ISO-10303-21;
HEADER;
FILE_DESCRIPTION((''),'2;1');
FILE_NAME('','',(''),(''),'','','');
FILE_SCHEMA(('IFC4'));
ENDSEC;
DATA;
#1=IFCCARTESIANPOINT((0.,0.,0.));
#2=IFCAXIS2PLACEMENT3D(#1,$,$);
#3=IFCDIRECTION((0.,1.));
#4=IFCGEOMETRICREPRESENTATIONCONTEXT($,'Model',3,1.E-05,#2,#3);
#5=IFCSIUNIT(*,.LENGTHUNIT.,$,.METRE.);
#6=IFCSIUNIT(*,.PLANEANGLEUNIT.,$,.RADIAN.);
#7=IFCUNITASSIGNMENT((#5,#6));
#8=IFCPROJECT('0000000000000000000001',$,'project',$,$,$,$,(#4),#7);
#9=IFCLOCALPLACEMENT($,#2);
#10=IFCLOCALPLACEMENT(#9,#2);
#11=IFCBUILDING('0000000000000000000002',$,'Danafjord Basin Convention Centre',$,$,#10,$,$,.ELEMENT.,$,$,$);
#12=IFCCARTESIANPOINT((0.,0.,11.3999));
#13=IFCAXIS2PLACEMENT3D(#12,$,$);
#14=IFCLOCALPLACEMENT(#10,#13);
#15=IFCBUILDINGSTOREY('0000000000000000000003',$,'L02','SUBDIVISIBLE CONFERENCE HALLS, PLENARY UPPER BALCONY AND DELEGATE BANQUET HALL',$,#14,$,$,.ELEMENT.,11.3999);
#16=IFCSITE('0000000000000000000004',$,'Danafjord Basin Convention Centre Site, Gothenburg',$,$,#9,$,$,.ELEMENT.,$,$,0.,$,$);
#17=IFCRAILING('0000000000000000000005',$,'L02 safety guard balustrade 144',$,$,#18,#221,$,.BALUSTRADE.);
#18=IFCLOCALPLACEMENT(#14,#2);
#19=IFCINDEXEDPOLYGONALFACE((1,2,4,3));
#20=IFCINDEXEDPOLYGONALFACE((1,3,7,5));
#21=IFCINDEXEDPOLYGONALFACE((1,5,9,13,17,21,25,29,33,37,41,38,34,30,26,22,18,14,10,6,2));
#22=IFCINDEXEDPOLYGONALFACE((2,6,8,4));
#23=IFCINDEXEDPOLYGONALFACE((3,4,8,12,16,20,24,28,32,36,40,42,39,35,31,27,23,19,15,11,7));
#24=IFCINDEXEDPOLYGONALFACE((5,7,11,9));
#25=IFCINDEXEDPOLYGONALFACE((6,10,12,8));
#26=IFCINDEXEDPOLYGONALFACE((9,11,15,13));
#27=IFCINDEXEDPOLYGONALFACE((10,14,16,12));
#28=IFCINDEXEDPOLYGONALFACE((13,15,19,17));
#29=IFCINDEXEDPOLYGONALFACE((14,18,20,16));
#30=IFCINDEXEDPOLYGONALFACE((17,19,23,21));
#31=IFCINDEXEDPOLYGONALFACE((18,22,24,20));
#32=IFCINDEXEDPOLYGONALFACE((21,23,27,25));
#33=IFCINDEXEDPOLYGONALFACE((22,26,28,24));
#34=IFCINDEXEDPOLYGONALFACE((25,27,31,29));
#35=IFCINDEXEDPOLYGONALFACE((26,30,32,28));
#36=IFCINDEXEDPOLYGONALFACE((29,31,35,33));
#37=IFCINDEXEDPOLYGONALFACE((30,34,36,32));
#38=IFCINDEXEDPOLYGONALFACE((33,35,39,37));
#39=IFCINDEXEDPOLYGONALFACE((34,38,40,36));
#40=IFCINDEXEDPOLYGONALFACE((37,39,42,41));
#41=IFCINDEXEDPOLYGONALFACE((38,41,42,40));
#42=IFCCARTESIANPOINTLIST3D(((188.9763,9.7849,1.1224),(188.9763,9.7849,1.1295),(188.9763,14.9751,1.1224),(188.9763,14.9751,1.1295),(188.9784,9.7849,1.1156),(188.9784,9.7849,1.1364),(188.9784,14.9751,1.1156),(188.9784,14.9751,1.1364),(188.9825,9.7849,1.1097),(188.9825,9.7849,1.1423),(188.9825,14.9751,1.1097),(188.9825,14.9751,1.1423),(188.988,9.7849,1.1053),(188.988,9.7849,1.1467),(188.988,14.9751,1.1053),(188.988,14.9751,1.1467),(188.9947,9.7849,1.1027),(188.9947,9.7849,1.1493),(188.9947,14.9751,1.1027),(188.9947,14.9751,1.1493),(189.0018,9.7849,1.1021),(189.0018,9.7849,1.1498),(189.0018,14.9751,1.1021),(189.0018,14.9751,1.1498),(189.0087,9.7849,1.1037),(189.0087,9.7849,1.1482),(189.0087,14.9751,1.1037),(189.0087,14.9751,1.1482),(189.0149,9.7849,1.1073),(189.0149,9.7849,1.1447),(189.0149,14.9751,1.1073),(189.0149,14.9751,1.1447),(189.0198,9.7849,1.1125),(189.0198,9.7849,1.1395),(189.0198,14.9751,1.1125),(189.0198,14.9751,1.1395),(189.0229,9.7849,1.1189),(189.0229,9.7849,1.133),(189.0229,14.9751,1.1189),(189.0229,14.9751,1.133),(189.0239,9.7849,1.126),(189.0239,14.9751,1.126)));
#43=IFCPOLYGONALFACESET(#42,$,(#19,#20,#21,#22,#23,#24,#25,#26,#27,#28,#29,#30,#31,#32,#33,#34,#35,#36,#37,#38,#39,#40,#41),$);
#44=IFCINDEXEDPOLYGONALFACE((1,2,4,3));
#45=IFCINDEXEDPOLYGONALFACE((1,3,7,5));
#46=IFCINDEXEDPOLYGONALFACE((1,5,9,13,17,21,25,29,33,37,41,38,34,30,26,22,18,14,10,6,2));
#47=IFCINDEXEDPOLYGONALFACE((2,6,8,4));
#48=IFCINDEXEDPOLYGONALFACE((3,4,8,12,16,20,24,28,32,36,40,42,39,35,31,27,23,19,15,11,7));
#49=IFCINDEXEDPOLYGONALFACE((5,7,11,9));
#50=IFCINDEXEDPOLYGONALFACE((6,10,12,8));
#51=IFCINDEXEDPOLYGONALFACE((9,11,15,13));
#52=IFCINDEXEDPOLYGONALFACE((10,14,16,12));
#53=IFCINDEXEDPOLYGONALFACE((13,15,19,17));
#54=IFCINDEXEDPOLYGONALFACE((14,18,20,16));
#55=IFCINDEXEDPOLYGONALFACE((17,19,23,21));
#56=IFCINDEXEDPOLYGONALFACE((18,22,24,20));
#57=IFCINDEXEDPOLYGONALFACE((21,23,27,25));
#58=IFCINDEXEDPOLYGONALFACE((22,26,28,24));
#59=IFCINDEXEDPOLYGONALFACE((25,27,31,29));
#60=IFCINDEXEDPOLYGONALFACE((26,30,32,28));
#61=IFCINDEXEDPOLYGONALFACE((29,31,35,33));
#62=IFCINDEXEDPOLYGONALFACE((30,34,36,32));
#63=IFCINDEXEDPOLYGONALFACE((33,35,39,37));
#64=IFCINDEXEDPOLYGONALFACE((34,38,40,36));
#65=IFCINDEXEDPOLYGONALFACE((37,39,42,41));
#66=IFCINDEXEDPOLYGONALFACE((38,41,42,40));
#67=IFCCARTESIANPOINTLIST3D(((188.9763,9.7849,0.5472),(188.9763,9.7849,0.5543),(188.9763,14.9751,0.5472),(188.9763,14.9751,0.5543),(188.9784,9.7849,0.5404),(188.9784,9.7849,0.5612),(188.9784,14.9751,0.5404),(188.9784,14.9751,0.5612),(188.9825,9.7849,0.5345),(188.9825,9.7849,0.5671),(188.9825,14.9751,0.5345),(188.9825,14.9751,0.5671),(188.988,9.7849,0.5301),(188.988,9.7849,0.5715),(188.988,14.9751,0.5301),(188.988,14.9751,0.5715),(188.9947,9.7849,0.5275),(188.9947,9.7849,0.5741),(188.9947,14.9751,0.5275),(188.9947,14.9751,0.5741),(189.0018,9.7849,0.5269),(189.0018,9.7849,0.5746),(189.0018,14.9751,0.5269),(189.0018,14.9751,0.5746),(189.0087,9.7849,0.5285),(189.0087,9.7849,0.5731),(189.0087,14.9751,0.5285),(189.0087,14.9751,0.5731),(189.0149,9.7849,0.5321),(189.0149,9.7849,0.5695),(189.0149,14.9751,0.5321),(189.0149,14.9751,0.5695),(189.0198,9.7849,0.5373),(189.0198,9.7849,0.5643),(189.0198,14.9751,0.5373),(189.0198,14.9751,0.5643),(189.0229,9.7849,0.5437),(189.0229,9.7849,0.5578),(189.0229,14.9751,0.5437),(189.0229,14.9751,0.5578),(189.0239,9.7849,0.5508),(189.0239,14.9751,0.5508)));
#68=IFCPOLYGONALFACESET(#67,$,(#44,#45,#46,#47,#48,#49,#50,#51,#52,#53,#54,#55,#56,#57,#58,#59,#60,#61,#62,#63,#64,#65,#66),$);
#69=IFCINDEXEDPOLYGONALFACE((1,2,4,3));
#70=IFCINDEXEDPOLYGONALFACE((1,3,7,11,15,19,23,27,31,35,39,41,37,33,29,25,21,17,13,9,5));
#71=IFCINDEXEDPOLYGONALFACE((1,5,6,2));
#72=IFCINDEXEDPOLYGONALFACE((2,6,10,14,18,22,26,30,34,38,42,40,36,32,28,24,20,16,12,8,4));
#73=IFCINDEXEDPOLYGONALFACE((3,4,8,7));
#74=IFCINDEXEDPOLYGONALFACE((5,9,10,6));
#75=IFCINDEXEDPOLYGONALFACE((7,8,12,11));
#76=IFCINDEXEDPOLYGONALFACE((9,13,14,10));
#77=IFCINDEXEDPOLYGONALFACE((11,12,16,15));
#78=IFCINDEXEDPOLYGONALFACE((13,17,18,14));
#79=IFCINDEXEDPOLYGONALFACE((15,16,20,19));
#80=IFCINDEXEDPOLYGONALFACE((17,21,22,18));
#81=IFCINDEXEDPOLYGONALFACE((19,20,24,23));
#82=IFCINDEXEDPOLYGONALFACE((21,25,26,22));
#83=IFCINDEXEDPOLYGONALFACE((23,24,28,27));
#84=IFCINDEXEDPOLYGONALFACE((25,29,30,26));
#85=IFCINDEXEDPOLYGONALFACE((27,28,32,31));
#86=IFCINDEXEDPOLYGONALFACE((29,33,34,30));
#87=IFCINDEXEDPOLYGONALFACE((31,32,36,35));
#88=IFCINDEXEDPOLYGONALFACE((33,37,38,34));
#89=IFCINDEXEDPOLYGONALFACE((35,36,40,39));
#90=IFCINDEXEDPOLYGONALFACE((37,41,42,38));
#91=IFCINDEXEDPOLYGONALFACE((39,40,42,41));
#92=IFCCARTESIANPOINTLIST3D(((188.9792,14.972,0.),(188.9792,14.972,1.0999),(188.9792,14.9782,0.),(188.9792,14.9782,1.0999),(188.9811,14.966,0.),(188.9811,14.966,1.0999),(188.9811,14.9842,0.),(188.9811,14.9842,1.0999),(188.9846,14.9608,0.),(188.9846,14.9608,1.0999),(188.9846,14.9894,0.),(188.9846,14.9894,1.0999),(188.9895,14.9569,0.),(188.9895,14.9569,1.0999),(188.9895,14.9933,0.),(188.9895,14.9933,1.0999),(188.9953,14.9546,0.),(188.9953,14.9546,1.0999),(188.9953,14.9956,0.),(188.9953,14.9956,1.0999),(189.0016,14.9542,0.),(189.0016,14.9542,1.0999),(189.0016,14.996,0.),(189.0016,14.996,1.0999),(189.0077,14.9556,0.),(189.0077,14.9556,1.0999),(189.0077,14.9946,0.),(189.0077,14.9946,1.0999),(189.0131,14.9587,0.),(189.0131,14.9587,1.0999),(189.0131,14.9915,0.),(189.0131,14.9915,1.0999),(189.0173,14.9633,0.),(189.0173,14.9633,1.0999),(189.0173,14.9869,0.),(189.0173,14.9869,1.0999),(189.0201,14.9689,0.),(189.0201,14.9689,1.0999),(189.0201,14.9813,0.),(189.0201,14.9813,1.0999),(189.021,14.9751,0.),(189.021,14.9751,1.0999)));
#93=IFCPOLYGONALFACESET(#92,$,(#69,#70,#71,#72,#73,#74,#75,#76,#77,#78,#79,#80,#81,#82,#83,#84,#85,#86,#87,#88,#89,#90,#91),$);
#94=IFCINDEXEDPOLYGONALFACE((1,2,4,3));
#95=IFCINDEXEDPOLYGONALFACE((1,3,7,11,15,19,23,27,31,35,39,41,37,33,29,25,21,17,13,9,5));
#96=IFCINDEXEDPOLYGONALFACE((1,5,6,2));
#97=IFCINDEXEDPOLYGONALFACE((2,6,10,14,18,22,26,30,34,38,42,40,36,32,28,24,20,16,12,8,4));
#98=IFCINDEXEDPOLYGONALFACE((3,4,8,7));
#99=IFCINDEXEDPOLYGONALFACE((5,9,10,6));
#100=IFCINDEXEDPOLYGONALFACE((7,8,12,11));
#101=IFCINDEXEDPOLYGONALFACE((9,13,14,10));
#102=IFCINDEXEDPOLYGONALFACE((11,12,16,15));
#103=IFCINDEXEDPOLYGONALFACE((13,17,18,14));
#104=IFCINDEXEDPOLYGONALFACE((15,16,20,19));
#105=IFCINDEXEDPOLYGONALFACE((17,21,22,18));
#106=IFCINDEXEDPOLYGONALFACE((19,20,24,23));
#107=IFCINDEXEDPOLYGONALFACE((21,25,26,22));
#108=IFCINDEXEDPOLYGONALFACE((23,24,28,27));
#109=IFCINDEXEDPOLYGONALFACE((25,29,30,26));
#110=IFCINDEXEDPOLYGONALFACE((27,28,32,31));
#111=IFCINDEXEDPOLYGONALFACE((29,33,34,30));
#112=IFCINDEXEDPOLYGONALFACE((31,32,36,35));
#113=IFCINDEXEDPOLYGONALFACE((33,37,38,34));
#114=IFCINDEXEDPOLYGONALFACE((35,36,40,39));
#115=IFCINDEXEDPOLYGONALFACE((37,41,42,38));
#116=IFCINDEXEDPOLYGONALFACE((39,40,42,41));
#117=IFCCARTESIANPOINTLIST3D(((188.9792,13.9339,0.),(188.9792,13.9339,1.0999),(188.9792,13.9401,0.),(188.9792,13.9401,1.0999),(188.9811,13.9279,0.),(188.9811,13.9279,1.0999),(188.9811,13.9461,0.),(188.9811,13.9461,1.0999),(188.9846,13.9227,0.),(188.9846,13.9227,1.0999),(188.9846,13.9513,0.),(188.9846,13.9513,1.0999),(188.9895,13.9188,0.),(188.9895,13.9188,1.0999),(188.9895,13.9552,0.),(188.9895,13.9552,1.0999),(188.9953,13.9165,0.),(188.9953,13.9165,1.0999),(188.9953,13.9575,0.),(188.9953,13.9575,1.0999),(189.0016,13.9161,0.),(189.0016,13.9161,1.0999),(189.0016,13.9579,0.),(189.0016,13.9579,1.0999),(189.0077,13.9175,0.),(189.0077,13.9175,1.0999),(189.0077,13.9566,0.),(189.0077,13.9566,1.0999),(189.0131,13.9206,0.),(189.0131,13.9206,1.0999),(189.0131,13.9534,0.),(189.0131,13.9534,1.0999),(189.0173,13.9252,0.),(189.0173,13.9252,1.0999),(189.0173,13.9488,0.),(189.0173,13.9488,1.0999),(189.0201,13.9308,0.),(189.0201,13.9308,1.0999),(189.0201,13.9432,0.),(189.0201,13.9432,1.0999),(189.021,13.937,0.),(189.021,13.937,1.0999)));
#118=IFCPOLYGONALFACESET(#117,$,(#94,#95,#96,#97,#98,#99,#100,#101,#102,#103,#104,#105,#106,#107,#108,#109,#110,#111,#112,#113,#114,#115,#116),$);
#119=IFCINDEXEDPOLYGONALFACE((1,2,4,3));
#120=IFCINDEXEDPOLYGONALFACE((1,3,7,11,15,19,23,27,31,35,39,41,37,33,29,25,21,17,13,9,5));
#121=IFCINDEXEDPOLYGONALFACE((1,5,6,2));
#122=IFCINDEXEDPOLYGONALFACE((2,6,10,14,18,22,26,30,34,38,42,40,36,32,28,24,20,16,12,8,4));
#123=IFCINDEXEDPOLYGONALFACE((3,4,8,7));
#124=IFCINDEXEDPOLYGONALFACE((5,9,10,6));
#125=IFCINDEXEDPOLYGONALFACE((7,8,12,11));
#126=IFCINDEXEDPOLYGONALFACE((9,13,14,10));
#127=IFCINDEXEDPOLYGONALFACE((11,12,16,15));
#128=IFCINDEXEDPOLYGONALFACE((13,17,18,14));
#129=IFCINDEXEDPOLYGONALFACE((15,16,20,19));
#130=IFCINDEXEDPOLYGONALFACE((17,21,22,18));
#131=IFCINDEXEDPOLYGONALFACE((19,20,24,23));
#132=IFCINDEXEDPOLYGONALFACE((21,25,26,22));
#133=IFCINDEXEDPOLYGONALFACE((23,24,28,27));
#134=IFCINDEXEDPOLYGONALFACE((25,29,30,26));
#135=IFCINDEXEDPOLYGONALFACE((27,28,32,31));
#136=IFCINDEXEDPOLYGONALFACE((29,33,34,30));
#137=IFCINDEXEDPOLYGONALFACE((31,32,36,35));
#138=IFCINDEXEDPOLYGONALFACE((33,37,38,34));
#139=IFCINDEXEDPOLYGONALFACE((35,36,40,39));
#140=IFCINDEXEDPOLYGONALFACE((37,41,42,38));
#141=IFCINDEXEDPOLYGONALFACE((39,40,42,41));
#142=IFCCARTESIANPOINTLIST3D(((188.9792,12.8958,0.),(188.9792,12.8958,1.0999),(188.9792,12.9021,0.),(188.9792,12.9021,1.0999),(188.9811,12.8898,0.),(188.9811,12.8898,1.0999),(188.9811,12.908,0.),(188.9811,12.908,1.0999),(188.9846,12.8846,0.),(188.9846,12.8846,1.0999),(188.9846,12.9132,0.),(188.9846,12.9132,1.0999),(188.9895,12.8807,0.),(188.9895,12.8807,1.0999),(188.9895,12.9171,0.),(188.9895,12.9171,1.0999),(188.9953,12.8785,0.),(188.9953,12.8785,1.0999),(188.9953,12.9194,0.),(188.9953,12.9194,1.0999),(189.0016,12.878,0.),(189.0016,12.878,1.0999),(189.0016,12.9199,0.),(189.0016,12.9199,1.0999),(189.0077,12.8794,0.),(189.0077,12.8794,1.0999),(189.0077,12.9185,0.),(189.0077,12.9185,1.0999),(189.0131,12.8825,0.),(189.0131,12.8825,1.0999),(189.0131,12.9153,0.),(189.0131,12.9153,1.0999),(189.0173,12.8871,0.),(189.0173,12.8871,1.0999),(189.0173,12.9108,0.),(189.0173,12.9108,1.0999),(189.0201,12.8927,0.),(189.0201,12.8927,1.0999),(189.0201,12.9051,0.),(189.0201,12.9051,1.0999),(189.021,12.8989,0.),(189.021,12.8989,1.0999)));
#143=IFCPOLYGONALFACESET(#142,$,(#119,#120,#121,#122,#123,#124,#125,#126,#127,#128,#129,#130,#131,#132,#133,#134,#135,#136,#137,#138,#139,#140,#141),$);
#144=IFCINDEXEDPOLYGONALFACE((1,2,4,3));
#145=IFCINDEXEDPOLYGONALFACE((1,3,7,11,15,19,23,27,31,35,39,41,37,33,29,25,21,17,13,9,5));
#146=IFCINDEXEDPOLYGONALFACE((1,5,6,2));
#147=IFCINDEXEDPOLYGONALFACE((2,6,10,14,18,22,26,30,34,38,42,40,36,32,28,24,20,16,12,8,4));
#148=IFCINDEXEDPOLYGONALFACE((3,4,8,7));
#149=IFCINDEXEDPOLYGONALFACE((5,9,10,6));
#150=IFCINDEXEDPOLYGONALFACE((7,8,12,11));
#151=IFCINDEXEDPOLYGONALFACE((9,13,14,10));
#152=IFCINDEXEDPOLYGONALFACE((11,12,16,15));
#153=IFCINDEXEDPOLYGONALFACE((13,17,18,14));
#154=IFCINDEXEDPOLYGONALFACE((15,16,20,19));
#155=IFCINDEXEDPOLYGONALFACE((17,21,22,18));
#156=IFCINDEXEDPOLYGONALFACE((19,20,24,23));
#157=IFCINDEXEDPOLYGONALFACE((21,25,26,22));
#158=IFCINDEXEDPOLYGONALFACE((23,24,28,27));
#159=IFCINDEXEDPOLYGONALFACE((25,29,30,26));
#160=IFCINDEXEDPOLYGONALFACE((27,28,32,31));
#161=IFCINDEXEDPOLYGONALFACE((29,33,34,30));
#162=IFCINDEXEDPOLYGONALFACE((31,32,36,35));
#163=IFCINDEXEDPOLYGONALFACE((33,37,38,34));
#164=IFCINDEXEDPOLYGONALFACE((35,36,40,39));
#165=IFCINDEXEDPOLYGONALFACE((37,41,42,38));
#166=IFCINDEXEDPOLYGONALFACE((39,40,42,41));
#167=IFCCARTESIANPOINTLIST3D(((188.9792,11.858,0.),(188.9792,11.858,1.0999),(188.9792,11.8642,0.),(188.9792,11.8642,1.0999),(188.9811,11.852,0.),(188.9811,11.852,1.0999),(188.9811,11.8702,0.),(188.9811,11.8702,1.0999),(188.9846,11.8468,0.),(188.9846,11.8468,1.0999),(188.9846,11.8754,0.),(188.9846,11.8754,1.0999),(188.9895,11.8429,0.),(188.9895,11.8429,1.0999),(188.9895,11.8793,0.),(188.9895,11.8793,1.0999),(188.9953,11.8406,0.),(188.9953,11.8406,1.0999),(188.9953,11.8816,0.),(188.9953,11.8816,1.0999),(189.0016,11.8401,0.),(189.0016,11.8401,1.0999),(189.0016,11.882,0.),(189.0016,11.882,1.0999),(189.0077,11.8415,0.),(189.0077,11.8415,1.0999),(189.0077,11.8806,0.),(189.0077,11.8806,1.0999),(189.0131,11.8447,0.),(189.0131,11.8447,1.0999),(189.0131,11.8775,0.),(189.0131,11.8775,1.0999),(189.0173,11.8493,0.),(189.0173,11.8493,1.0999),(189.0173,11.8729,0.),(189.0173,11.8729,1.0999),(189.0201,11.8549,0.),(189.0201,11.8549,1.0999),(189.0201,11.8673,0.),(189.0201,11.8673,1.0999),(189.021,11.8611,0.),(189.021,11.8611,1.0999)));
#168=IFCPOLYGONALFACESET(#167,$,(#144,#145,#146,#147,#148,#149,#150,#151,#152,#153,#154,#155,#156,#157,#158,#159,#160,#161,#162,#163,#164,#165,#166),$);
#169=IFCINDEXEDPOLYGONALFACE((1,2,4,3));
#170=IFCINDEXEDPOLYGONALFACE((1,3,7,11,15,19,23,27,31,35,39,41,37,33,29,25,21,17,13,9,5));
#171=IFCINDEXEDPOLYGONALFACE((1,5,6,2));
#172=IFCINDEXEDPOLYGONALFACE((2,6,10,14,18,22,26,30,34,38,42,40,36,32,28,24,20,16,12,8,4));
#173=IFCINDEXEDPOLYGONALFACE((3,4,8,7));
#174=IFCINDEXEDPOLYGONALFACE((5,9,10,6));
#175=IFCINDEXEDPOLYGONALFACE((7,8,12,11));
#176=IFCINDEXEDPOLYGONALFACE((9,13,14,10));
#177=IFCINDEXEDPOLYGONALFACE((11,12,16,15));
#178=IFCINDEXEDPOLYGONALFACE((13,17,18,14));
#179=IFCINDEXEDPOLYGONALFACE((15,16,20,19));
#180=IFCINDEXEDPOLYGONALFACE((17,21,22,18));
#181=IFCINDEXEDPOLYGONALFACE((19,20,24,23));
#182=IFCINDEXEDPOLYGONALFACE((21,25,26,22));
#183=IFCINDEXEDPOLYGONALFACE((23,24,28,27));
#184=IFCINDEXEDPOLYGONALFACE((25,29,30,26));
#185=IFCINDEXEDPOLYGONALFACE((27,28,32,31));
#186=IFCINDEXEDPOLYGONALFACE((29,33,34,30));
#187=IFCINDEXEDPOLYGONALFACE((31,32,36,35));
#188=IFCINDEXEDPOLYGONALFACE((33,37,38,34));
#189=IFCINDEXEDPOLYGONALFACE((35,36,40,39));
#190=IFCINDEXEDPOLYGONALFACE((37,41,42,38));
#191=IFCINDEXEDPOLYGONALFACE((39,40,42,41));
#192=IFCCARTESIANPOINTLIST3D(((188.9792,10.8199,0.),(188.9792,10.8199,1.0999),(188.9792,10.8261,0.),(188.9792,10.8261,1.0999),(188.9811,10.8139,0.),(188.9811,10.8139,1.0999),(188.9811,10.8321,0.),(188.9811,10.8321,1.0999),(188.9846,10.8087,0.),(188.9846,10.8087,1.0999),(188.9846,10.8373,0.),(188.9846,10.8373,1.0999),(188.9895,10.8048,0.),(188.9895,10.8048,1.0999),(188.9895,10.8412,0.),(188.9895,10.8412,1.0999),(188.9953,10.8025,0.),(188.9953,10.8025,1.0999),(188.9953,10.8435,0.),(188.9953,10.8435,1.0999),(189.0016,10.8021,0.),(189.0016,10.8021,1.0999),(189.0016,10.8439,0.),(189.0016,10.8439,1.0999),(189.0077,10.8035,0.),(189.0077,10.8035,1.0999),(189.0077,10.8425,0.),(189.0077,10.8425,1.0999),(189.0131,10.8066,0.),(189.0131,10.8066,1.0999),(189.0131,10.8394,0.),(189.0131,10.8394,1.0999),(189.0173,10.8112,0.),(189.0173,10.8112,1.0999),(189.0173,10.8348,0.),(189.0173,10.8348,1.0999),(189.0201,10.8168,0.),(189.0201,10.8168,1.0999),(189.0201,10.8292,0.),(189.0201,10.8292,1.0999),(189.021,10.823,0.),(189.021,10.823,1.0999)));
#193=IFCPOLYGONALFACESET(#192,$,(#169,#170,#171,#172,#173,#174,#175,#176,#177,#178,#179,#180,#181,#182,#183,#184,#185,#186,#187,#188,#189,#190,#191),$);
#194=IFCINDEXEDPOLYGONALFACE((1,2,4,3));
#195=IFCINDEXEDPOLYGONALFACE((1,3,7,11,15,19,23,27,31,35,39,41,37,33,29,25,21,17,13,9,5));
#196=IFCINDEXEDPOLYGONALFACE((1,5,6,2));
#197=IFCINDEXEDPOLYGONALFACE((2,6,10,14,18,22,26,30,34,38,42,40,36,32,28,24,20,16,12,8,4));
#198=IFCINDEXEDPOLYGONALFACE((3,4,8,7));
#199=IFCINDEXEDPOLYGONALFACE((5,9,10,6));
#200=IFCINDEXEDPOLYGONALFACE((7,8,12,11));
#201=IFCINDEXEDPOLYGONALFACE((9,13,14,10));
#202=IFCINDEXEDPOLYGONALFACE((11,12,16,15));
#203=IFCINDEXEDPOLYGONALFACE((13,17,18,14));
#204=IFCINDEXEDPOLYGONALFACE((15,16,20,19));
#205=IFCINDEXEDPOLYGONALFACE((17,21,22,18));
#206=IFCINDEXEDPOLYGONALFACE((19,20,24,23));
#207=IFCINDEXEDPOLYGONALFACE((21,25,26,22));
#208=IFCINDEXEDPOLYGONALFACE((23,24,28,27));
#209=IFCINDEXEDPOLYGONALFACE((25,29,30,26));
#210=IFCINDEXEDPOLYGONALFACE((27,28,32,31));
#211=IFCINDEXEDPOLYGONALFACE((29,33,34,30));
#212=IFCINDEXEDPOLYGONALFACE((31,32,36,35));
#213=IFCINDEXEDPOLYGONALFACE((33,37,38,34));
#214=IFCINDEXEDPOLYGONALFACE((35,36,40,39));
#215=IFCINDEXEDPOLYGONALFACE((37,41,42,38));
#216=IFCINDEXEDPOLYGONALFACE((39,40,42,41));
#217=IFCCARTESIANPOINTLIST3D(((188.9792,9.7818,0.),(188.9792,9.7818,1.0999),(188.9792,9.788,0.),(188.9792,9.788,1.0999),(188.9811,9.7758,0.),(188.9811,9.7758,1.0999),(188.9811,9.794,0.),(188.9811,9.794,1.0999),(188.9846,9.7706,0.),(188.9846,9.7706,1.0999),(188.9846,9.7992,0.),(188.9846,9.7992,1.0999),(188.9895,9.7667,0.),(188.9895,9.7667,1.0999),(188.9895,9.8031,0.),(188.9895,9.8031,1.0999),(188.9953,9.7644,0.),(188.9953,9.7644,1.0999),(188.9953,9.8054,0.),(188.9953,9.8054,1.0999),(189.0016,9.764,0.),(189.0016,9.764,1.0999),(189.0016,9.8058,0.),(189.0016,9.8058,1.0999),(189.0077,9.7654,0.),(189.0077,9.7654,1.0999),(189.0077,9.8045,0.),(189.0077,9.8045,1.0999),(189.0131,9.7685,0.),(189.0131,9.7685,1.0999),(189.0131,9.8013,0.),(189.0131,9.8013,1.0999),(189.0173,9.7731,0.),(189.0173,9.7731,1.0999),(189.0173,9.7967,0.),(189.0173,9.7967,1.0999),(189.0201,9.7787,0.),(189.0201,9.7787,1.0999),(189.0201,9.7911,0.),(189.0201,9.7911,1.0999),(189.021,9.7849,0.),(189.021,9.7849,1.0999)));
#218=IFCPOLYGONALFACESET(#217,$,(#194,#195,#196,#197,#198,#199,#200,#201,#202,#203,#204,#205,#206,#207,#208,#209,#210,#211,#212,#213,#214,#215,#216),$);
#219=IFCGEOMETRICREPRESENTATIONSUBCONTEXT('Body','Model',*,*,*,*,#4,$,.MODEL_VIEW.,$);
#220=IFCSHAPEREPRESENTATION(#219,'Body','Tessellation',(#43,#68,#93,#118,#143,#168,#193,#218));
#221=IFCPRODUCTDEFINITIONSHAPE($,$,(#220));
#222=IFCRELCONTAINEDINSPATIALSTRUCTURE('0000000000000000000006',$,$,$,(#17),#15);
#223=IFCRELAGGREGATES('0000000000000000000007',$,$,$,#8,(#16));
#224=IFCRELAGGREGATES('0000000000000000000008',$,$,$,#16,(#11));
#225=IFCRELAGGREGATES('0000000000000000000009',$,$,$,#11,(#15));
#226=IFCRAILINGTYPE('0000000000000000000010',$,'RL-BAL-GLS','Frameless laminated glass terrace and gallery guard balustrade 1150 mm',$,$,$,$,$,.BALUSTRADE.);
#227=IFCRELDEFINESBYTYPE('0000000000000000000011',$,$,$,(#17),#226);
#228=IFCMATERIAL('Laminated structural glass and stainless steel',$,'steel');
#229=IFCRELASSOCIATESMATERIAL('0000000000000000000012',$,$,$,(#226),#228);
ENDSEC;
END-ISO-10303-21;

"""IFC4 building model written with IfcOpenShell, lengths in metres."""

from ifc_helpers import new_model, si_unit, direction, frame, origin, origin_2d, place, context, subcontext, project, spatial, circle, extrude, material, type_object, element, save


model = new_model("IFC4")

# Units and contexts
model_context = context("Model", 3, precision=1e-05, world=origin(), true_north=direction((0.0, 1.0)))
body_context = subcontext(model_context, "Body", "Model", "MODEL_VIEW")
ifc_project = project(units=[si_unit("LENGTHUNIT", "METRE"), si_unit("PLANEANGLEUNIT", "RADIAN")], contexts=[model_context])

# Site, building, storey
site_placement = place(None, origin())
site = spatial("IfcSite", under=ifc_project, at=site_placement, Name="Danafjord Basin Convention Centre Site, Gothenburg", CompositionType="ELEMENT", RefElevation=0.0)
building_placement = place(site_placement, origin())
building = spatial("IfcBuilding", under=site, at=building_placement, Name="Danafjord Basin Convention Centre", CompositionType="ELEMENT")
storey_placement = place(building_placement, frame((0.0, 0.0, 11.3999)))
storey = spatial("IfcBuildingStorey", under=building, at=storey_placement, Name="L02", Description="SUBDIVISIBLE CONFERENCE HALLS, PLENARY UPPER BALCONY AND DELEGATE BANQUET HALL", CompositionType="ELEMENT", Elevation=11.3999)

# Railing
ifc_material_1 = material(Name="Laminated structural glass and stainless steel", Category="steel")
railing_type_1 = type_object("IfcRailingType", Name="RL-BAL-GLS", Description="Frameless laminated glass terrace and gallery guard balustrade 1150 mm", PredefinedType="BALUSTRADE", material=ifc_material_1)
railing_1_placement = place(storey_placement, frame((189.0, 14.9751, 0.0)))
element("IfcRailing", 1, at=railing_1_placement, inside=storey, type_object=railing_type_1, Name="L02 safety guard balustrade 144", PredefinedType="BALUSTRADE", context=body_context, shape_type="SweptSolid", body=[
    extrude(circle(Radius=0.0239, at=origin_2d()), frame((0.0, 0.0, 1.126), z_axis=(0.0, -1.0, 0.0), x_axis=(1.0, 0.0, 0.0)), (0.0, 0.0, 1.0), 5.1902),
    extrude(circle(Radius=0.0239, at=origin_2d()), frame((0.0, 0.0, 0.5508), z_axis=(0.0, -1.0, 0.0), x_axis=(1.0, 0.0, 0.0)), (0.0, 0.0, 1.0), 5.1902),
    extrude(circle(Radius=0.021, at=origin_2d()), origin(), (0.0, 0.0, 1.0), 1.0999),
    extrude(circle(Radius=0.021, at=origin_2d()), frame((0.0, -1.0381, 0.0)), (0.0, 0.0, 1.0), 1.0999),
    extrude(circle(Radius=0.021, at=origin_2d()), frame((0.0, -2.0762, 0.0)), (0.0, 0.0, 1.0), 1.0999),
    extrude(circle(Radius=0.021, at=origin_2d()), frame((0.0, -3.114, 0.0)), (0.0, 0.0, 1.0), 1.0999),
    extrude(circle(Radius=0.021, at=origin_2d()), frame((0.0, -4.1521, 0.0)), (0.0, 0.0, 1.0), 1.0999),
    extrude(circle(Radius=0.021, at=origin_2d()), frame((0.0, -5.1902, 0.0)), (0.0, 0.0, 1.0), 1.0999),
])

save(model, "model.ifc")
